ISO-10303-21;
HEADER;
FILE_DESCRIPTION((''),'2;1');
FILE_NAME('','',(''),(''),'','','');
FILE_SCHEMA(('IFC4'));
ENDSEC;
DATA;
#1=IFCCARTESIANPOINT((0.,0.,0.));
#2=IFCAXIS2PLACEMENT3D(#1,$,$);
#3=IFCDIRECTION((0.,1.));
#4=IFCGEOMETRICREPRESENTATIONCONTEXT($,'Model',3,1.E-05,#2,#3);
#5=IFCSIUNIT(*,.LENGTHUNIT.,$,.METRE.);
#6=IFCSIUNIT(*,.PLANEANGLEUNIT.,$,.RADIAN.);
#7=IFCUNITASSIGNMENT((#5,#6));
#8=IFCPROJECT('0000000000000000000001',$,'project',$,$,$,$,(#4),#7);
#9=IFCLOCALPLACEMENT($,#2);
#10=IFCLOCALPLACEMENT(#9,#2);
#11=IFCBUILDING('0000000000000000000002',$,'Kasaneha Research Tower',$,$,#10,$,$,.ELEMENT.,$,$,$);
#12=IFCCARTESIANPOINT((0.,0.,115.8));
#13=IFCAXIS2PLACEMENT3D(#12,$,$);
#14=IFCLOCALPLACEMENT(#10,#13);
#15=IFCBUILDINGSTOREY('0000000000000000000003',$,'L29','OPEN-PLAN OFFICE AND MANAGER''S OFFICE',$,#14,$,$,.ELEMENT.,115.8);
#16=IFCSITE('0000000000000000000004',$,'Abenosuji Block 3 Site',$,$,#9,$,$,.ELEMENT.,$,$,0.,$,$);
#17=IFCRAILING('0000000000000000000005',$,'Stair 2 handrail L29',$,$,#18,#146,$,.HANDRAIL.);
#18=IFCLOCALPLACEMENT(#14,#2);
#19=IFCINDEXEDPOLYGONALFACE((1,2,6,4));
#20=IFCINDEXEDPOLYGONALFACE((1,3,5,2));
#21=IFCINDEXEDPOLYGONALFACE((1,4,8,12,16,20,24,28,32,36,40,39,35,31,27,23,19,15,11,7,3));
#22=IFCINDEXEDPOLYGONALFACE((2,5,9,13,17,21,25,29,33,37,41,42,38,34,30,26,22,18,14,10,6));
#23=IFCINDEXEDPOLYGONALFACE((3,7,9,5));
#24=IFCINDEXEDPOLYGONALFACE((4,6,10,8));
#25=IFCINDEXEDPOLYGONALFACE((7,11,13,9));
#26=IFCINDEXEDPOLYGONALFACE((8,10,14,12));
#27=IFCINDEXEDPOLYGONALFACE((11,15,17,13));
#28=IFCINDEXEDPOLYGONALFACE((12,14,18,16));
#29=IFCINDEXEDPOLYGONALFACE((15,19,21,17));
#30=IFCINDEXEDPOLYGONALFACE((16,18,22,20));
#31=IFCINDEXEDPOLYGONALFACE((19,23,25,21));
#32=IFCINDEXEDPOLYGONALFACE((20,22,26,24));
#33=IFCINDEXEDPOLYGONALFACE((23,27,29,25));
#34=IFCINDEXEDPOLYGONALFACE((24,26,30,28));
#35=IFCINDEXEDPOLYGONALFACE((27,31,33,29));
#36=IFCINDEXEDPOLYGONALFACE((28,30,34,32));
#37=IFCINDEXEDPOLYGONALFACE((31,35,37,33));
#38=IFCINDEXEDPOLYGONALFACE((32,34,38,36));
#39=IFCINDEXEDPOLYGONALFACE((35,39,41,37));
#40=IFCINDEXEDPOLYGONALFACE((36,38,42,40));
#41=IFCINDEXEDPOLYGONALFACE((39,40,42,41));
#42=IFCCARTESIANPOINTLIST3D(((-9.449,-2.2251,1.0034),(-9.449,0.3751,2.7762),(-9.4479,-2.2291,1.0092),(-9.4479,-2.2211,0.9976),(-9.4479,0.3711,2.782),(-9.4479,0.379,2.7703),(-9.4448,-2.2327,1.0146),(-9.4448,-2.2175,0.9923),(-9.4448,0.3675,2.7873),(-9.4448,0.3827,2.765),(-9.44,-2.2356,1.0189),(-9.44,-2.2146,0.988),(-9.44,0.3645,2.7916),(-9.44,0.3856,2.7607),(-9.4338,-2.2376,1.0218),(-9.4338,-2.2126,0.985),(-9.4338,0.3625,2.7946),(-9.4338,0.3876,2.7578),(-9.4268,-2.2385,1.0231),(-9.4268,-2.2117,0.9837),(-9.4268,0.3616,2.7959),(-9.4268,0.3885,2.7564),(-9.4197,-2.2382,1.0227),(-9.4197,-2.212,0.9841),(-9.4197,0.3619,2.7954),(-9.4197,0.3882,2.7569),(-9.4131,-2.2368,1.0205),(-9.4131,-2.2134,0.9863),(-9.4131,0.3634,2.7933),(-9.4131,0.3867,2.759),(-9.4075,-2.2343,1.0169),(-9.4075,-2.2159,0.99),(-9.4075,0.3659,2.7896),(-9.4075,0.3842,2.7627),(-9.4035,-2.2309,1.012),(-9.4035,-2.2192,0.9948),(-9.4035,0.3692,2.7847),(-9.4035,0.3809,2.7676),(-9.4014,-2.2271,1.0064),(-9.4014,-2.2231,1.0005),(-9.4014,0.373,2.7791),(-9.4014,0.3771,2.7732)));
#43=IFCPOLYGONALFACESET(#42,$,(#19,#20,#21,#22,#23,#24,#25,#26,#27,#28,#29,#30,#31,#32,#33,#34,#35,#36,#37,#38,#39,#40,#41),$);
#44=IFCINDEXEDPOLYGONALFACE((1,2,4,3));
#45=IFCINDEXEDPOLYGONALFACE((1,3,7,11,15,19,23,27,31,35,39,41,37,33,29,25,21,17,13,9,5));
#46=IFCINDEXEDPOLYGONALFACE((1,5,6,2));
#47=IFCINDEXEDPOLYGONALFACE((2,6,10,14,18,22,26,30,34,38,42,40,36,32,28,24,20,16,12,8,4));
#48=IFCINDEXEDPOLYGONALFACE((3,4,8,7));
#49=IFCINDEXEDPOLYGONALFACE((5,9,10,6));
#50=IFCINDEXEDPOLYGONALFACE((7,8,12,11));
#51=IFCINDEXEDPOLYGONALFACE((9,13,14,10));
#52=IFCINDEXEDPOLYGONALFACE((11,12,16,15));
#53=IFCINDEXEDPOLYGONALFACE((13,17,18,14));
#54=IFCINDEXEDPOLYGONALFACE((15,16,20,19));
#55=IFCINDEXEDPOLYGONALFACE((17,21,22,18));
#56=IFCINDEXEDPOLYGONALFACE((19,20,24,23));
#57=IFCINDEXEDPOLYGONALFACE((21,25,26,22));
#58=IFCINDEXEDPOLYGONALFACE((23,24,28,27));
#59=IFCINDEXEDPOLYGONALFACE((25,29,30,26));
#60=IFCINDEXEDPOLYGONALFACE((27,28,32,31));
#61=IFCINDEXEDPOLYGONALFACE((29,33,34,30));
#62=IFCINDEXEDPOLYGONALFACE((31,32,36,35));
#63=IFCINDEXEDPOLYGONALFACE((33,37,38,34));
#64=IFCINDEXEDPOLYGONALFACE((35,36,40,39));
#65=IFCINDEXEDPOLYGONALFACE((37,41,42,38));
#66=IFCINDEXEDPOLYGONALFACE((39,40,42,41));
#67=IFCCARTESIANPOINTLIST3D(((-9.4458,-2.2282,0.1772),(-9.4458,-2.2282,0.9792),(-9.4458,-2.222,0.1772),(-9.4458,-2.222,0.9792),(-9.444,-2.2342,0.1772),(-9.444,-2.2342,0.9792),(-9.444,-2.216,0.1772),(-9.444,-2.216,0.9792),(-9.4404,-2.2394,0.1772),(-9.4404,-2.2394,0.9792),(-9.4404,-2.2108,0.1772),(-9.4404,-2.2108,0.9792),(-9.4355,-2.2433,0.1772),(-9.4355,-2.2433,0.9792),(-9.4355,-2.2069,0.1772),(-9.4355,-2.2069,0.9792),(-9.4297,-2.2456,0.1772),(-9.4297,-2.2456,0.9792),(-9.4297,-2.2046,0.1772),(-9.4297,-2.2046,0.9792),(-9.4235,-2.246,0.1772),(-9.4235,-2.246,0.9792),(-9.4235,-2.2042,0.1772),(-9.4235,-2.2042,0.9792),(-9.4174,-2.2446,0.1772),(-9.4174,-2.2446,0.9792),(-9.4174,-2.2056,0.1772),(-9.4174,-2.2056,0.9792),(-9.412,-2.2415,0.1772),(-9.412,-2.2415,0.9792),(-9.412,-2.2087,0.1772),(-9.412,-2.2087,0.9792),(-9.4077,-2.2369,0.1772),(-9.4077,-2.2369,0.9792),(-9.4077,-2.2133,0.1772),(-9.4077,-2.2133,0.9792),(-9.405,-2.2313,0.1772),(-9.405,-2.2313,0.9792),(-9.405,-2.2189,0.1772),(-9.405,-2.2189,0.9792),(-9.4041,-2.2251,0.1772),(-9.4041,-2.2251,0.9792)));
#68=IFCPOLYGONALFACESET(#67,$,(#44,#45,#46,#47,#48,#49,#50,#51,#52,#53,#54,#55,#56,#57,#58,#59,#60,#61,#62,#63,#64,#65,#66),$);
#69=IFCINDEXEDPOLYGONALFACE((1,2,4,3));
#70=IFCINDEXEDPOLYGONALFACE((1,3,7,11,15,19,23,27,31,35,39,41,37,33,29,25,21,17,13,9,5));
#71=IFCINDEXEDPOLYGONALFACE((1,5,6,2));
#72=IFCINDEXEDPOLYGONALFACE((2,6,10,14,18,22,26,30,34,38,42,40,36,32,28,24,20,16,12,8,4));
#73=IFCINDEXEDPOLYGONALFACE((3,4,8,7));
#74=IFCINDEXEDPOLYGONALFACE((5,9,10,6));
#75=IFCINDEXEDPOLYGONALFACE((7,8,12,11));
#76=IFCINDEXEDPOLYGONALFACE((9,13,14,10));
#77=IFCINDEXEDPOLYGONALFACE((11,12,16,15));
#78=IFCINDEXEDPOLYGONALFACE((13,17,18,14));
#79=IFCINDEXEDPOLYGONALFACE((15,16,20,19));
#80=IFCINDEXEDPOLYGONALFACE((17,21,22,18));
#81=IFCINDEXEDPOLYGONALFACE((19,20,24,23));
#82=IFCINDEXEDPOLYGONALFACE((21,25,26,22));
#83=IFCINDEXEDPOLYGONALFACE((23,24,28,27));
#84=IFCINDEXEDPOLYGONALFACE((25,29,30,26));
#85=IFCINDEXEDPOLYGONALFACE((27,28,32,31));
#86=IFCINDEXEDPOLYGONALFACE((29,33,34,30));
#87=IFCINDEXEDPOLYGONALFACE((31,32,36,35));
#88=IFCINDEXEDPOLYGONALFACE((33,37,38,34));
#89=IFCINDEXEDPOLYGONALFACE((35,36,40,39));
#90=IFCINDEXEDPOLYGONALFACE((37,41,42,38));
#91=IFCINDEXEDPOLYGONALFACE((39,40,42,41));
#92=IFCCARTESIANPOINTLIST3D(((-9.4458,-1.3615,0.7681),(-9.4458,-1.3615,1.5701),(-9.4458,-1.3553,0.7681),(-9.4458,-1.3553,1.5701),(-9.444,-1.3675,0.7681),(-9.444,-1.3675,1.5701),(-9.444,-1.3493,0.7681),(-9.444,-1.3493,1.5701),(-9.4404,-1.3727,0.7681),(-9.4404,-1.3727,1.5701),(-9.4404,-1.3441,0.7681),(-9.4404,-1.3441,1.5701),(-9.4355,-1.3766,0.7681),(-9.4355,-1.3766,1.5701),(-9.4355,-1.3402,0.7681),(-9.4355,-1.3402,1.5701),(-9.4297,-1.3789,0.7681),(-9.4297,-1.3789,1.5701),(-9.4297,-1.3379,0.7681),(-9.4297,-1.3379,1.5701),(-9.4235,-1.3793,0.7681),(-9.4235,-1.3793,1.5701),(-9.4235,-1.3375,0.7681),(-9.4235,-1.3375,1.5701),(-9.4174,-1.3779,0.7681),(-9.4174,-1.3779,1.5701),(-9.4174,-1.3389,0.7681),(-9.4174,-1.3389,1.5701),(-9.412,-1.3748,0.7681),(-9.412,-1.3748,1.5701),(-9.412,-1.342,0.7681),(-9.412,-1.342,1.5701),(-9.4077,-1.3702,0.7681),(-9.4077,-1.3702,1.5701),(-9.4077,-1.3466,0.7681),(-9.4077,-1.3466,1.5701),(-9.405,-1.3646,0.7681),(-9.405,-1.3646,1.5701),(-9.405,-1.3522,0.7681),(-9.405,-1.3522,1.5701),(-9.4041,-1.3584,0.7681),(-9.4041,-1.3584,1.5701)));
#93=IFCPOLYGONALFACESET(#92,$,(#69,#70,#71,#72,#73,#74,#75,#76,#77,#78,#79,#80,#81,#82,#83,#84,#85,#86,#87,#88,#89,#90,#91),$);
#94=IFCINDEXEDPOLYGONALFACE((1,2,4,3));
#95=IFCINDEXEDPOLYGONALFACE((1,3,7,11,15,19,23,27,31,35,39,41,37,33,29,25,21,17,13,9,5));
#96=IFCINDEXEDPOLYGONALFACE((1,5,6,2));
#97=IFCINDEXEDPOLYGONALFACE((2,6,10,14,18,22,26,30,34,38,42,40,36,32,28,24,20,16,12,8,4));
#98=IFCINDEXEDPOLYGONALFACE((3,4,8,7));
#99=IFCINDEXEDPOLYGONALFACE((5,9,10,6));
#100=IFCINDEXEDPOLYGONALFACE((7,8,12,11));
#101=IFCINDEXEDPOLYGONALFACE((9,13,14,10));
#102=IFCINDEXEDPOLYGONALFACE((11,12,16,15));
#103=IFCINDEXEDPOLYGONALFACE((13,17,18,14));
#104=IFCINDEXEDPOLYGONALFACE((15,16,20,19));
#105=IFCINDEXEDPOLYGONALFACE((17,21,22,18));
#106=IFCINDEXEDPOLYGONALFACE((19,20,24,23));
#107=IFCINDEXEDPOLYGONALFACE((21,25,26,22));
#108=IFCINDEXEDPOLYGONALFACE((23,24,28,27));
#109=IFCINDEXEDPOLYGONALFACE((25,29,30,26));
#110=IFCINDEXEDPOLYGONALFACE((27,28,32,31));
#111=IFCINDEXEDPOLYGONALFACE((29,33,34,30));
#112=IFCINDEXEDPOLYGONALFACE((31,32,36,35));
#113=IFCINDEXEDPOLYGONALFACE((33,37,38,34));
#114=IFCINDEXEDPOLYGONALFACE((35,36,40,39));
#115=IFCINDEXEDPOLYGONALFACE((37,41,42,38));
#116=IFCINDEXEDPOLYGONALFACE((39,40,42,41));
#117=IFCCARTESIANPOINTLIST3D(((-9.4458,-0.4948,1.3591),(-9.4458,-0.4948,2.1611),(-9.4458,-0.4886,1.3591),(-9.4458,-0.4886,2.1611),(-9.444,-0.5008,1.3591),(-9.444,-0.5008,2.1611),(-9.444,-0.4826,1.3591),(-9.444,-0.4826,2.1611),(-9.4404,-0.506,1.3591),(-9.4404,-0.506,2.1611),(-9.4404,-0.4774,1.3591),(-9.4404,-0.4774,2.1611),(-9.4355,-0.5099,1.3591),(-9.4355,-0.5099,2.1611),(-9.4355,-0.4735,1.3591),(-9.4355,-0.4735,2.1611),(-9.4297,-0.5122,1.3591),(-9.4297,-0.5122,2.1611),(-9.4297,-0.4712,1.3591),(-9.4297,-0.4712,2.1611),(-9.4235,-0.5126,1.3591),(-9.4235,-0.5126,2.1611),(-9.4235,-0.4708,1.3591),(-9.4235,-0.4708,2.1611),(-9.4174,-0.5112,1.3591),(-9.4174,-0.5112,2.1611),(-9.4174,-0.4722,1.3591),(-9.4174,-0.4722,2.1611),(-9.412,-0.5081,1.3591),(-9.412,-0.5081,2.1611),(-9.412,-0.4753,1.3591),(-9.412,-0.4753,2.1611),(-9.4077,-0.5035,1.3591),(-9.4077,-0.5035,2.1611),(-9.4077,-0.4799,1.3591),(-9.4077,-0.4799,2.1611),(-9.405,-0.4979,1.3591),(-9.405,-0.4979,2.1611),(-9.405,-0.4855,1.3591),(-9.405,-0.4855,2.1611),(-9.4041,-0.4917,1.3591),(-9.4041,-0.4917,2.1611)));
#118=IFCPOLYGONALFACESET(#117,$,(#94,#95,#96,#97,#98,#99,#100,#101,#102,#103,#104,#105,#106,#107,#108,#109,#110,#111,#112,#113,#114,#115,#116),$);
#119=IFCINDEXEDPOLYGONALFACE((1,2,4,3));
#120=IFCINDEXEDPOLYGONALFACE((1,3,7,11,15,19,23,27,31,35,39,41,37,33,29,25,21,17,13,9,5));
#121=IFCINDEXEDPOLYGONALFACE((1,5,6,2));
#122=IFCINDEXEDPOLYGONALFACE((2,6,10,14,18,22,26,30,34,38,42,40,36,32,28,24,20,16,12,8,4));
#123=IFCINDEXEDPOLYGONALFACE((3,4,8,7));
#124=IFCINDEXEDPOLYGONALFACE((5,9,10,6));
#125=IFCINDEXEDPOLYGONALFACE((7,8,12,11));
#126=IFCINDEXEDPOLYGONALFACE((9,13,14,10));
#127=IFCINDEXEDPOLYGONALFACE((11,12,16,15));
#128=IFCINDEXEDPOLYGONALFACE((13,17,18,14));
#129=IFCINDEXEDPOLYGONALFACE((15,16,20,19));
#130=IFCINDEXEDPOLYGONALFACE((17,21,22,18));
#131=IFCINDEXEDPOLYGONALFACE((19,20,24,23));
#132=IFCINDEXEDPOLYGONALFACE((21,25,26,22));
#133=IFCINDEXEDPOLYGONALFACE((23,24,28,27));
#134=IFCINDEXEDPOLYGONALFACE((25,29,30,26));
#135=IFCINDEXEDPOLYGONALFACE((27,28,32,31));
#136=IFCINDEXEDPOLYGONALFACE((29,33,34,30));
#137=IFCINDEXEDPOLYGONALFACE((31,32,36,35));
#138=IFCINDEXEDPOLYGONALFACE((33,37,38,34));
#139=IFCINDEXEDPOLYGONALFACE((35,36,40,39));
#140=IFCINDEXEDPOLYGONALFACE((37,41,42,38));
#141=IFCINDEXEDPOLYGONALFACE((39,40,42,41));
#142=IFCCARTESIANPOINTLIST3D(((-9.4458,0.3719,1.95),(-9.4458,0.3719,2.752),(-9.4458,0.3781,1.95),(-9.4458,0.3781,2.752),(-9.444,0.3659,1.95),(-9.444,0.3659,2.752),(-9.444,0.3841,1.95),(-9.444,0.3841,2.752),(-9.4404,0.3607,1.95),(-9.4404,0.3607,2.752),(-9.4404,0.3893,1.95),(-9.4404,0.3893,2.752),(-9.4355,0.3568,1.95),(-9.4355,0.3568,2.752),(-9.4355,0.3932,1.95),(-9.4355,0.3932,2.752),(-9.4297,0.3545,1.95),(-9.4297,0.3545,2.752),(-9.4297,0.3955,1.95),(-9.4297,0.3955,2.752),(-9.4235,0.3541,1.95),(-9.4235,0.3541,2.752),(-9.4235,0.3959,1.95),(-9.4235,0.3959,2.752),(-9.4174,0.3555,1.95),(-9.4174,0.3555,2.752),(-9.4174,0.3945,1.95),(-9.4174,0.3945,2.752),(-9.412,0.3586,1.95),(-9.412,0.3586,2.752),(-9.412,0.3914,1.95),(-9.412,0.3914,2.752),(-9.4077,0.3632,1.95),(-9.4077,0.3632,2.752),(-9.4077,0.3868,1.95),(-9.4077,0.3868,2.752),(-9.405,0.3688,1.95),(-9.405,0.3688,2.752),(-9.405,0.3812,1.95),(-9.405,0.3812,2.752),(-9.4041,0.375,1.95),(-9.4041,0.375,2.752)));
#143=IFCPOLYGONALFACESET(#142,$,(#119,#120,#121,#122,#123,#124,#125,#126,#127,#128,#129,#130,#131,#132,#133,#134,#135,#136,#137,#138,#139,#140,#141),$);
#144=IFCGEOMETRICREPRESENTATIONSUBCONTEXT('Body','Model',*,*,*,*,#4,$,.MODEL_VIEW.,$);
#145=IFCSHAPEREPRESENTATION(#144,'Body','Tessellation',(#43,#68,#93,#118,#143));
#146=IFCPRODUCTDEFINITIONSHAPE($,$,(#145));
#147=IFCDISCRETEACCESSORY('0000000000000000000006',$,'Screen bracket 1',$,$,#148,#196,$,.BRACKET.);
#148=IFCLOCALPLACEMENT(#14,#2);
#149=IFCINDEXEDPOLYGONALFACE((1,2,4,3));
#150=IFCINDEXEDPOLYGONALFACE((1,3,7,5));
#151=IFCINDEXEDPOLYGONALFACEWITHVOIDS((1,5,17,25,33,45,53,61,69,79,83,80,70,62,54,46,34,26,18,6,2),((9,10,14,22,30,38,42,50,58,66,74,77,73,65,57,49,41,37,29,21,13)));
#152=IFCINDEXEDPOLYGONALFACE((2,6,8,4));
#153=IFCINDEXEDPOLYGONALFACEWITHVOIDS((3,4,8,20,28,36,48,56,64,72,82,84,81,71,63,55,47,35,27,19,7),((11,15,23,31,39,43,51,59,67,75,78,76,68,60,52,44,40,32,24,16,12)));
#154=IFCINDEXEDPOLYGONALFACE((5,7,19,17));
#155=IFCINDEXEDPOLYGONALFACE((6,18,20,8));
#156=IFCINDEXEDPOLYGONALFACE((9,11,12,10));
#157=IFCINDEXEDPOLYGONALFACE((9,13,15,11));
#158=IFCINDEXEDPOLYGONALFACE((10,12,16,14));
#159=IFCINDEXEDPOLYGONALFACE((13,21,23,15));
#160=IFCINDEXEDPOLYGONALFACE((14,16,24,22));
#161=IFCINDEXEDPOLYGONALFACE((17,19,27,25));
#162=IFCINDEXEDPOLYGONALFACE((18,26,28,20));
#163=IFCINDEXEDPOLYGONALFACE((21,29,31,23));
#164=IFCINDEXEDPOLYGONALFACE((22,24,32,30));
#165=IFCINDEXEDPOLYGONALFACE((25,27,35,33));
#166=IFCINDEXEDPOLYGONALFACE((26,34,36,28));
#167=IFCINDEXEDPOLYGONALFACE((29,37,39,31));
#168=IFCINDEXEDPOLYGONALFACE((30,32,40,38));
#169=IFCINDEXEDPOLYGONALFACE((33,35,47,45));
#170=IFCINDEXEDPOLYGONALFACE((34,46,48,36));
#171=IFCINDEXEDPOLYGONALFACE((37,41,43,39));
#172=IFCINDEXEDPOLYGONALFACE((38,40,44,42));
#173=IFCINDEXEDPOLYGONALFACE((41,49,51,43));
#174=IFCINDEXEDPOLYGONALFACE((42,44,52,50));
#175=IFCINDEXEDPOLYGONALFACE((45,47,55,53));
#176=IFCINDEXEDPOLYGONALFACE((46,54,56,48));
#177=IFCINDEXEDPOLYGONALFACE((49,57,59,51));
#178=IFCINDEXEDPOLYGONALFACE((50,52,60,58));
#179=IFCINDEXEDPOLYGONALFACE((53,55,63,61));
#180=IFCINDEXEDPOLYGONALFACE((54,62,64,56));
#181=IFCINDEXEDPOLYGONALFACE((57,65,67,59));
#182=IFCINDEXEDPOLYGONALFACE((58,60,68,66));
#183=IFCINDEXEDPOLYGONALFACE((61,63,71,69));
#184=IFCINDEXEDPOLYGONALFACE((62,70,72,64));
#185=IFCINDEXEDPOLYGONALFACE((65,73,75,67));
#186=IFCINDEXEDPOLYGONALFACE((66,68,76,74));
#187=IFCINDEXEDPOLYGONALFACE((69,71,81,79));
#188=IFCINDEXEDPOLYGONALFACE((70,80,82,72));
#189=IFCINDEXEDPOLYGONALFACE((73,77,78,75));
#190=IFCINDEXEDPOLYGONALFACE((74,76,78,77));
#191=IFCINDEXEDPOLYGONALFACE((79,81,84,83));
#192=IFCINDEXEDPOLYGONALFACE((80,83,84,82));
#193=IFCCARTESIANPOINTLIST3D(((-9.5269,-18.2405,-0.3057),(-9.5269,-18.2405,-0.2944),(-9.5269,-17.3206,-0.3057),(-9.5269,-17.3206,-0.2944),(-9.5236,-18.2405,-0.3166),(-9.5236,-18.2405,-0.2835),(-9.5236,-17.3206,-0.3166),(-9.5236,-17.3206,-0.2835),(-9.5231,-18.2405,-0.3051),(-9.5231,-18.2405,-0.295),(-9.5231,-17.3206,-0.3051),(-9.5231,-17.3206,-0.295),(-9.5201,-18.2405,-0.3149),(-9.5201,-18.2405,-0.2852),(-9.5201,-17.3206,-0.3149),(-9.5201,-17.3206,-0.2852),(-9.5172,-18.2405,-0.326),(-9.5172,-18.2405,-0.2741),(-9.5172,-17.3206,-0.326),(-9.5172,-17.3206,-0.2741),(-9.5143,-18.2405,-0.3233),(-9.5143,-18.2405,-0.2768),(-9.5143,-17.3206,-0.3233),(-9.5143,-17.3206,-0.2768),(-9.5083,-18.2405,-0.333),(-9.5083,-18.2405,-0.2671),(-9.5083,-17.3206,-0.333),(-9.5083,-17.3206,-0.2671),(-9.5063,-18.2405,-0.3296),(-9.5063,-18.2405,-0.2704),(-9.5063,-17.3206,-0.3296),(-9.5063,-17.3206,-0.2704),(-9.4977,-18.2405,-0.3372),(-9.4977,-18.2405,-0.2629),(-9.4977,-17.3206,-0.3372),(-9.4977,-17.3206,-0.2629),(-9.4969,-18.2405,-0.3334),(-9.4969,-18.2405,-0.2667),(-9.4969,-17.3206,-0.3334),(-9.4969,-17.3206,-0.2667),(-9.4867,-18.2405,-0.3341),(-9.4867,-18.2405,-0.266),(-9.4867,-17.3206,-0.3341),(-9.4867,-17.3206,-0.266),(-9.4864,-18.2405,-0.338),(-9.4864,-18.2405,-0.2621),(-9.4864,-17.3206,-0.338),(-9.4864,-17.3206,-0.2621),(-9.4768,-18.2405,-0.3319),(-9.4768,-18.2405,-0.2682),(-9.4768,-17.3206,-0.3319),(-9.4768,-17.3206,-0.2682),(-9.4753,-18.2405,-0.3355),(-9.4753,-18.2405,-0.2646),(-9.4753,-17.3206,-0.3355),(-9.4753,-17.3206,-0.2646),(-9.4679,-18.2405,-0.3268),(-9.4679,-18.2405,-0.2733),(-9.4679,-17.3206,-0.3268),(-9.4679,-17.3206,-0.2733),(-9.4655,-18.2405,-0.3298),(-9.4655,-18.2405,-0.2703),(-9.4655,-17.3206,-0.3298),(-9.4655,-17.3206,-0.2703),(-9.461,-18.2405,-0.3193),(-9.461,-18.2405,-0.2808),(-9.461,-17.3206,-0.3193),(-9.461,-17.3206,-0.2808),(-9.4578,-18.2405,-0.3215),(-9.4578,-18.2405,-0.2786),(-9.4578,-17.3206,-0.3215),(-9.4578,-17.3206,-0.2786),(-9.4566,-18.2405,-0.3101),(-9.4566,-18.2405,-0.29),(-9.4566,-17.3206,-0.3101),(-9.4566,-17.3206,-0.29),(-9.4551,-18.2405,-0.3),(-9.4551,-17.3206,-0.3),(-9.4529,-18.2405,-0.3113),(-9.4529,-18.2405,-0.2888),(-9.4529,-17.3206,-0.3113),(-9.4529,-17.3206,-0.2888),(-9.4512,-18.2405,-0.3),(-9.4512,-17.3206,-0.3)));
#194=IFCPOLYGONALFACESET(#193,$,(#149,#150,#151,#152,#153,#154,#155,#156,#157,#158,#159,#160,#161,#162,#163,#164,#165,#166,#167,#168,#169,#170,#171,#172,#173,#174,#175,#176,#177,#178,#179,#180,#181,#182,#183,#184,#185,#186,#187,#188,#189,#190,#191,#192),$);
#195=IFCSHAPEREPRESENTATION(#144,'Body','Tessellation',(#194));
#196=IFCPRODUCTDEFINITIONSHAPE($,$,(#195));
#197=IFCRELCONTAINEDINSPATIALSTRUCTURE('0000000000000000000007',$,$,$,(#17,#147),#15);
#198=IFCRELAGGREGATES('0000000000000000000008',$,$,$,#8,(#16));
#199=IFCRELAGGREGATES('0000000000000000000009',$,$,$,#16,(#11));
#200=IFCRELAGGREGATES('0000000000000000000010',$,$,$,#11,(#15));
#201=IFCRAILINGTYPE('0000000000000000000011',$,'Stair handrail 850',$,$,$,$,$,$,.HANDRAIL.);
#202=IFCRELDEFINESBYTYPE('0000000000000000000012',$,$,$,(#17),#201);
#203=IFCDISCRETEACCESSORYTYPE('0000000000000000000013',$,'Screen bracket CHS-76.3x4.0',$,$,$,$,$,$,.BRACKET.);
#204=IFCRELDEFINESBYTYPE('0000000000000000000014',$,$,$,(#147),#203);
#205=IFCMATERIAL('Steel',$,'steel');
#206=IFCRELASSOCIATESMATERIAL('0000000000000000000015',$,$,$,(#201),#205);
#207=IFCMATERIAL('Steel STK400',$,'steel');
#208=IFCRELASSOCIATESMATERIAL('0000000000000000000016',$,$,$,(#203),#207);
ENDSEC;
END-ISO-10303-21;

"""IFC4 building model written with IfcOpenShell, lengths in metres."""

from ifc_helpers import new_model, si_unit, direction, frame, origin, origin_2d, place, context, subcontext, project, spatial, circle, hollow_circle, extrude, material, material_profile, profile_set, type_object, element, save


model = new_model("IFC4")

# Units and contexts
model_context = context("Model", 3, precision=1e-05, world=origin(), true_north=direction((0.0, 1.0)))
body_context = subcontext(model_context, "Body", "Model", "MODEL_VIEW")
ifc_project = project(units=[si_unit("LENGTHUNIT", "METRE"), si_unit("PLANEANGLEUNIT", "RADIAN")], contexts=[model_context])

# Site, building, storey
site_placement = place(None, origin())
site = spatial("IfcSite", under=ifc_project, at=site_placement, Name="Abenosuji Block 3 Site", CompositionType="ELEMENT", RefElevation=0.0)
building_placement = place(site_placement, origin())
building = spatial("IfcBuilding", under=site, at=building_placement, Name="Kasaneha Research Tower", CompositionType="ELEMENT")
storey_placement = place(building_placement, frame((0.0, 0.0, 115.8)))
storey = spatial("IfcBuildingStorey", under=building, at=storey_placement, Name="L29", Description="OPEN-PLAN OFFICE AND MANAGER'S OFFICE", CompositionType="ELEMENT", Elevation=115.8)

# Railing
ifc_material_1 = material(Name="Steel", Category="steel")
railing_type = type_object("IfcRailingType", Name="Stair handrail 850", PredefinedType="HANDRAIL", material=ifc_material_1)
railing_placement = place(storey_placement, frame((-9.425, -2.2251, 0.1772)))
element("IfcRailing", 1, at=railing_placement, inside=storey, type_object=railing_type, Name="Stair 2 handrail L29", PredefinedType="HANDRAIL", context=body_context, shape_type="SweptSolid", body=[
    extrude(circle(Radius=0.0239, at=origin_2d()), frame((0.0, 0.0, 0.8262), z_axis=(0.0, 0.82624, 0.563318), x_axis=(-1.0, 0.0, 0.0)), (0.0, 0.0, 1.0), 3.147),
    extrude(circle(Radius=0.021, at=origin_2d()), origin(), (0.0, 0.0, 1.0), 0.802),
    extrude(circle(Radius=0.021, at=origin_2d()), frame((0.0, 0.8667, 0.5908)), (0.0, 0.0, 1.0), 0.802),
    extrude(circle(Radius=0.021, at=origin_2d()), frame((0.0, 1.7334, 1.1819)), (0.0, 0.0, 1.0), 0.802),
    extrude(circle(Radius=0.021, at=origin_2d()), frame((0.0, 2.6001, 1.7727)), (0.0, 0.0, 1.0), 0.802),
])

# Discrete accessory
ifc_material_2 = material(Name="Steel STK400", Category="steel")
ifc_material_profile_1 = material_profile(ifc_material_2, hollow_circle(Radius=0.0381, WallThickness=0.0039, at=origin_2d()), Name="CHS-76.3x4.0")
ifc_profile_set_1 = profile_set([ifc_material_profile_1], Name="Steel STK400")
discrete_accessory_type = type_object("IfcDiscreteAccessoryType", Name="Screen bracket CHS-76.3x4.0", PredefinedType="BRACKET", material=ifc_profile_set_1)
discrete_accessory_placement = place(storey_placement, frame((-9.4893, -17.3206, -0.3), z_axis=(0.0, -1.0, 0.0), x_axis=(1.0, 0.0, 0.0)))
element("IfcDiscreteAccessory", 2, at=discrete_accessory_placement, inside=storey, type_object=discrete_accessory_type, Name="Screen bracket 1", PredefinedType="BRACKET", context=body_context, shape_type="SweptSolid", body=[
    extrude(hollow_circle(Radius=0.0381, WallThickness=0.0039, at=origin_2d()), origin(), (0.0, 0.0, 1.0), 0.9199),
])

save(model, "model.ifc")
